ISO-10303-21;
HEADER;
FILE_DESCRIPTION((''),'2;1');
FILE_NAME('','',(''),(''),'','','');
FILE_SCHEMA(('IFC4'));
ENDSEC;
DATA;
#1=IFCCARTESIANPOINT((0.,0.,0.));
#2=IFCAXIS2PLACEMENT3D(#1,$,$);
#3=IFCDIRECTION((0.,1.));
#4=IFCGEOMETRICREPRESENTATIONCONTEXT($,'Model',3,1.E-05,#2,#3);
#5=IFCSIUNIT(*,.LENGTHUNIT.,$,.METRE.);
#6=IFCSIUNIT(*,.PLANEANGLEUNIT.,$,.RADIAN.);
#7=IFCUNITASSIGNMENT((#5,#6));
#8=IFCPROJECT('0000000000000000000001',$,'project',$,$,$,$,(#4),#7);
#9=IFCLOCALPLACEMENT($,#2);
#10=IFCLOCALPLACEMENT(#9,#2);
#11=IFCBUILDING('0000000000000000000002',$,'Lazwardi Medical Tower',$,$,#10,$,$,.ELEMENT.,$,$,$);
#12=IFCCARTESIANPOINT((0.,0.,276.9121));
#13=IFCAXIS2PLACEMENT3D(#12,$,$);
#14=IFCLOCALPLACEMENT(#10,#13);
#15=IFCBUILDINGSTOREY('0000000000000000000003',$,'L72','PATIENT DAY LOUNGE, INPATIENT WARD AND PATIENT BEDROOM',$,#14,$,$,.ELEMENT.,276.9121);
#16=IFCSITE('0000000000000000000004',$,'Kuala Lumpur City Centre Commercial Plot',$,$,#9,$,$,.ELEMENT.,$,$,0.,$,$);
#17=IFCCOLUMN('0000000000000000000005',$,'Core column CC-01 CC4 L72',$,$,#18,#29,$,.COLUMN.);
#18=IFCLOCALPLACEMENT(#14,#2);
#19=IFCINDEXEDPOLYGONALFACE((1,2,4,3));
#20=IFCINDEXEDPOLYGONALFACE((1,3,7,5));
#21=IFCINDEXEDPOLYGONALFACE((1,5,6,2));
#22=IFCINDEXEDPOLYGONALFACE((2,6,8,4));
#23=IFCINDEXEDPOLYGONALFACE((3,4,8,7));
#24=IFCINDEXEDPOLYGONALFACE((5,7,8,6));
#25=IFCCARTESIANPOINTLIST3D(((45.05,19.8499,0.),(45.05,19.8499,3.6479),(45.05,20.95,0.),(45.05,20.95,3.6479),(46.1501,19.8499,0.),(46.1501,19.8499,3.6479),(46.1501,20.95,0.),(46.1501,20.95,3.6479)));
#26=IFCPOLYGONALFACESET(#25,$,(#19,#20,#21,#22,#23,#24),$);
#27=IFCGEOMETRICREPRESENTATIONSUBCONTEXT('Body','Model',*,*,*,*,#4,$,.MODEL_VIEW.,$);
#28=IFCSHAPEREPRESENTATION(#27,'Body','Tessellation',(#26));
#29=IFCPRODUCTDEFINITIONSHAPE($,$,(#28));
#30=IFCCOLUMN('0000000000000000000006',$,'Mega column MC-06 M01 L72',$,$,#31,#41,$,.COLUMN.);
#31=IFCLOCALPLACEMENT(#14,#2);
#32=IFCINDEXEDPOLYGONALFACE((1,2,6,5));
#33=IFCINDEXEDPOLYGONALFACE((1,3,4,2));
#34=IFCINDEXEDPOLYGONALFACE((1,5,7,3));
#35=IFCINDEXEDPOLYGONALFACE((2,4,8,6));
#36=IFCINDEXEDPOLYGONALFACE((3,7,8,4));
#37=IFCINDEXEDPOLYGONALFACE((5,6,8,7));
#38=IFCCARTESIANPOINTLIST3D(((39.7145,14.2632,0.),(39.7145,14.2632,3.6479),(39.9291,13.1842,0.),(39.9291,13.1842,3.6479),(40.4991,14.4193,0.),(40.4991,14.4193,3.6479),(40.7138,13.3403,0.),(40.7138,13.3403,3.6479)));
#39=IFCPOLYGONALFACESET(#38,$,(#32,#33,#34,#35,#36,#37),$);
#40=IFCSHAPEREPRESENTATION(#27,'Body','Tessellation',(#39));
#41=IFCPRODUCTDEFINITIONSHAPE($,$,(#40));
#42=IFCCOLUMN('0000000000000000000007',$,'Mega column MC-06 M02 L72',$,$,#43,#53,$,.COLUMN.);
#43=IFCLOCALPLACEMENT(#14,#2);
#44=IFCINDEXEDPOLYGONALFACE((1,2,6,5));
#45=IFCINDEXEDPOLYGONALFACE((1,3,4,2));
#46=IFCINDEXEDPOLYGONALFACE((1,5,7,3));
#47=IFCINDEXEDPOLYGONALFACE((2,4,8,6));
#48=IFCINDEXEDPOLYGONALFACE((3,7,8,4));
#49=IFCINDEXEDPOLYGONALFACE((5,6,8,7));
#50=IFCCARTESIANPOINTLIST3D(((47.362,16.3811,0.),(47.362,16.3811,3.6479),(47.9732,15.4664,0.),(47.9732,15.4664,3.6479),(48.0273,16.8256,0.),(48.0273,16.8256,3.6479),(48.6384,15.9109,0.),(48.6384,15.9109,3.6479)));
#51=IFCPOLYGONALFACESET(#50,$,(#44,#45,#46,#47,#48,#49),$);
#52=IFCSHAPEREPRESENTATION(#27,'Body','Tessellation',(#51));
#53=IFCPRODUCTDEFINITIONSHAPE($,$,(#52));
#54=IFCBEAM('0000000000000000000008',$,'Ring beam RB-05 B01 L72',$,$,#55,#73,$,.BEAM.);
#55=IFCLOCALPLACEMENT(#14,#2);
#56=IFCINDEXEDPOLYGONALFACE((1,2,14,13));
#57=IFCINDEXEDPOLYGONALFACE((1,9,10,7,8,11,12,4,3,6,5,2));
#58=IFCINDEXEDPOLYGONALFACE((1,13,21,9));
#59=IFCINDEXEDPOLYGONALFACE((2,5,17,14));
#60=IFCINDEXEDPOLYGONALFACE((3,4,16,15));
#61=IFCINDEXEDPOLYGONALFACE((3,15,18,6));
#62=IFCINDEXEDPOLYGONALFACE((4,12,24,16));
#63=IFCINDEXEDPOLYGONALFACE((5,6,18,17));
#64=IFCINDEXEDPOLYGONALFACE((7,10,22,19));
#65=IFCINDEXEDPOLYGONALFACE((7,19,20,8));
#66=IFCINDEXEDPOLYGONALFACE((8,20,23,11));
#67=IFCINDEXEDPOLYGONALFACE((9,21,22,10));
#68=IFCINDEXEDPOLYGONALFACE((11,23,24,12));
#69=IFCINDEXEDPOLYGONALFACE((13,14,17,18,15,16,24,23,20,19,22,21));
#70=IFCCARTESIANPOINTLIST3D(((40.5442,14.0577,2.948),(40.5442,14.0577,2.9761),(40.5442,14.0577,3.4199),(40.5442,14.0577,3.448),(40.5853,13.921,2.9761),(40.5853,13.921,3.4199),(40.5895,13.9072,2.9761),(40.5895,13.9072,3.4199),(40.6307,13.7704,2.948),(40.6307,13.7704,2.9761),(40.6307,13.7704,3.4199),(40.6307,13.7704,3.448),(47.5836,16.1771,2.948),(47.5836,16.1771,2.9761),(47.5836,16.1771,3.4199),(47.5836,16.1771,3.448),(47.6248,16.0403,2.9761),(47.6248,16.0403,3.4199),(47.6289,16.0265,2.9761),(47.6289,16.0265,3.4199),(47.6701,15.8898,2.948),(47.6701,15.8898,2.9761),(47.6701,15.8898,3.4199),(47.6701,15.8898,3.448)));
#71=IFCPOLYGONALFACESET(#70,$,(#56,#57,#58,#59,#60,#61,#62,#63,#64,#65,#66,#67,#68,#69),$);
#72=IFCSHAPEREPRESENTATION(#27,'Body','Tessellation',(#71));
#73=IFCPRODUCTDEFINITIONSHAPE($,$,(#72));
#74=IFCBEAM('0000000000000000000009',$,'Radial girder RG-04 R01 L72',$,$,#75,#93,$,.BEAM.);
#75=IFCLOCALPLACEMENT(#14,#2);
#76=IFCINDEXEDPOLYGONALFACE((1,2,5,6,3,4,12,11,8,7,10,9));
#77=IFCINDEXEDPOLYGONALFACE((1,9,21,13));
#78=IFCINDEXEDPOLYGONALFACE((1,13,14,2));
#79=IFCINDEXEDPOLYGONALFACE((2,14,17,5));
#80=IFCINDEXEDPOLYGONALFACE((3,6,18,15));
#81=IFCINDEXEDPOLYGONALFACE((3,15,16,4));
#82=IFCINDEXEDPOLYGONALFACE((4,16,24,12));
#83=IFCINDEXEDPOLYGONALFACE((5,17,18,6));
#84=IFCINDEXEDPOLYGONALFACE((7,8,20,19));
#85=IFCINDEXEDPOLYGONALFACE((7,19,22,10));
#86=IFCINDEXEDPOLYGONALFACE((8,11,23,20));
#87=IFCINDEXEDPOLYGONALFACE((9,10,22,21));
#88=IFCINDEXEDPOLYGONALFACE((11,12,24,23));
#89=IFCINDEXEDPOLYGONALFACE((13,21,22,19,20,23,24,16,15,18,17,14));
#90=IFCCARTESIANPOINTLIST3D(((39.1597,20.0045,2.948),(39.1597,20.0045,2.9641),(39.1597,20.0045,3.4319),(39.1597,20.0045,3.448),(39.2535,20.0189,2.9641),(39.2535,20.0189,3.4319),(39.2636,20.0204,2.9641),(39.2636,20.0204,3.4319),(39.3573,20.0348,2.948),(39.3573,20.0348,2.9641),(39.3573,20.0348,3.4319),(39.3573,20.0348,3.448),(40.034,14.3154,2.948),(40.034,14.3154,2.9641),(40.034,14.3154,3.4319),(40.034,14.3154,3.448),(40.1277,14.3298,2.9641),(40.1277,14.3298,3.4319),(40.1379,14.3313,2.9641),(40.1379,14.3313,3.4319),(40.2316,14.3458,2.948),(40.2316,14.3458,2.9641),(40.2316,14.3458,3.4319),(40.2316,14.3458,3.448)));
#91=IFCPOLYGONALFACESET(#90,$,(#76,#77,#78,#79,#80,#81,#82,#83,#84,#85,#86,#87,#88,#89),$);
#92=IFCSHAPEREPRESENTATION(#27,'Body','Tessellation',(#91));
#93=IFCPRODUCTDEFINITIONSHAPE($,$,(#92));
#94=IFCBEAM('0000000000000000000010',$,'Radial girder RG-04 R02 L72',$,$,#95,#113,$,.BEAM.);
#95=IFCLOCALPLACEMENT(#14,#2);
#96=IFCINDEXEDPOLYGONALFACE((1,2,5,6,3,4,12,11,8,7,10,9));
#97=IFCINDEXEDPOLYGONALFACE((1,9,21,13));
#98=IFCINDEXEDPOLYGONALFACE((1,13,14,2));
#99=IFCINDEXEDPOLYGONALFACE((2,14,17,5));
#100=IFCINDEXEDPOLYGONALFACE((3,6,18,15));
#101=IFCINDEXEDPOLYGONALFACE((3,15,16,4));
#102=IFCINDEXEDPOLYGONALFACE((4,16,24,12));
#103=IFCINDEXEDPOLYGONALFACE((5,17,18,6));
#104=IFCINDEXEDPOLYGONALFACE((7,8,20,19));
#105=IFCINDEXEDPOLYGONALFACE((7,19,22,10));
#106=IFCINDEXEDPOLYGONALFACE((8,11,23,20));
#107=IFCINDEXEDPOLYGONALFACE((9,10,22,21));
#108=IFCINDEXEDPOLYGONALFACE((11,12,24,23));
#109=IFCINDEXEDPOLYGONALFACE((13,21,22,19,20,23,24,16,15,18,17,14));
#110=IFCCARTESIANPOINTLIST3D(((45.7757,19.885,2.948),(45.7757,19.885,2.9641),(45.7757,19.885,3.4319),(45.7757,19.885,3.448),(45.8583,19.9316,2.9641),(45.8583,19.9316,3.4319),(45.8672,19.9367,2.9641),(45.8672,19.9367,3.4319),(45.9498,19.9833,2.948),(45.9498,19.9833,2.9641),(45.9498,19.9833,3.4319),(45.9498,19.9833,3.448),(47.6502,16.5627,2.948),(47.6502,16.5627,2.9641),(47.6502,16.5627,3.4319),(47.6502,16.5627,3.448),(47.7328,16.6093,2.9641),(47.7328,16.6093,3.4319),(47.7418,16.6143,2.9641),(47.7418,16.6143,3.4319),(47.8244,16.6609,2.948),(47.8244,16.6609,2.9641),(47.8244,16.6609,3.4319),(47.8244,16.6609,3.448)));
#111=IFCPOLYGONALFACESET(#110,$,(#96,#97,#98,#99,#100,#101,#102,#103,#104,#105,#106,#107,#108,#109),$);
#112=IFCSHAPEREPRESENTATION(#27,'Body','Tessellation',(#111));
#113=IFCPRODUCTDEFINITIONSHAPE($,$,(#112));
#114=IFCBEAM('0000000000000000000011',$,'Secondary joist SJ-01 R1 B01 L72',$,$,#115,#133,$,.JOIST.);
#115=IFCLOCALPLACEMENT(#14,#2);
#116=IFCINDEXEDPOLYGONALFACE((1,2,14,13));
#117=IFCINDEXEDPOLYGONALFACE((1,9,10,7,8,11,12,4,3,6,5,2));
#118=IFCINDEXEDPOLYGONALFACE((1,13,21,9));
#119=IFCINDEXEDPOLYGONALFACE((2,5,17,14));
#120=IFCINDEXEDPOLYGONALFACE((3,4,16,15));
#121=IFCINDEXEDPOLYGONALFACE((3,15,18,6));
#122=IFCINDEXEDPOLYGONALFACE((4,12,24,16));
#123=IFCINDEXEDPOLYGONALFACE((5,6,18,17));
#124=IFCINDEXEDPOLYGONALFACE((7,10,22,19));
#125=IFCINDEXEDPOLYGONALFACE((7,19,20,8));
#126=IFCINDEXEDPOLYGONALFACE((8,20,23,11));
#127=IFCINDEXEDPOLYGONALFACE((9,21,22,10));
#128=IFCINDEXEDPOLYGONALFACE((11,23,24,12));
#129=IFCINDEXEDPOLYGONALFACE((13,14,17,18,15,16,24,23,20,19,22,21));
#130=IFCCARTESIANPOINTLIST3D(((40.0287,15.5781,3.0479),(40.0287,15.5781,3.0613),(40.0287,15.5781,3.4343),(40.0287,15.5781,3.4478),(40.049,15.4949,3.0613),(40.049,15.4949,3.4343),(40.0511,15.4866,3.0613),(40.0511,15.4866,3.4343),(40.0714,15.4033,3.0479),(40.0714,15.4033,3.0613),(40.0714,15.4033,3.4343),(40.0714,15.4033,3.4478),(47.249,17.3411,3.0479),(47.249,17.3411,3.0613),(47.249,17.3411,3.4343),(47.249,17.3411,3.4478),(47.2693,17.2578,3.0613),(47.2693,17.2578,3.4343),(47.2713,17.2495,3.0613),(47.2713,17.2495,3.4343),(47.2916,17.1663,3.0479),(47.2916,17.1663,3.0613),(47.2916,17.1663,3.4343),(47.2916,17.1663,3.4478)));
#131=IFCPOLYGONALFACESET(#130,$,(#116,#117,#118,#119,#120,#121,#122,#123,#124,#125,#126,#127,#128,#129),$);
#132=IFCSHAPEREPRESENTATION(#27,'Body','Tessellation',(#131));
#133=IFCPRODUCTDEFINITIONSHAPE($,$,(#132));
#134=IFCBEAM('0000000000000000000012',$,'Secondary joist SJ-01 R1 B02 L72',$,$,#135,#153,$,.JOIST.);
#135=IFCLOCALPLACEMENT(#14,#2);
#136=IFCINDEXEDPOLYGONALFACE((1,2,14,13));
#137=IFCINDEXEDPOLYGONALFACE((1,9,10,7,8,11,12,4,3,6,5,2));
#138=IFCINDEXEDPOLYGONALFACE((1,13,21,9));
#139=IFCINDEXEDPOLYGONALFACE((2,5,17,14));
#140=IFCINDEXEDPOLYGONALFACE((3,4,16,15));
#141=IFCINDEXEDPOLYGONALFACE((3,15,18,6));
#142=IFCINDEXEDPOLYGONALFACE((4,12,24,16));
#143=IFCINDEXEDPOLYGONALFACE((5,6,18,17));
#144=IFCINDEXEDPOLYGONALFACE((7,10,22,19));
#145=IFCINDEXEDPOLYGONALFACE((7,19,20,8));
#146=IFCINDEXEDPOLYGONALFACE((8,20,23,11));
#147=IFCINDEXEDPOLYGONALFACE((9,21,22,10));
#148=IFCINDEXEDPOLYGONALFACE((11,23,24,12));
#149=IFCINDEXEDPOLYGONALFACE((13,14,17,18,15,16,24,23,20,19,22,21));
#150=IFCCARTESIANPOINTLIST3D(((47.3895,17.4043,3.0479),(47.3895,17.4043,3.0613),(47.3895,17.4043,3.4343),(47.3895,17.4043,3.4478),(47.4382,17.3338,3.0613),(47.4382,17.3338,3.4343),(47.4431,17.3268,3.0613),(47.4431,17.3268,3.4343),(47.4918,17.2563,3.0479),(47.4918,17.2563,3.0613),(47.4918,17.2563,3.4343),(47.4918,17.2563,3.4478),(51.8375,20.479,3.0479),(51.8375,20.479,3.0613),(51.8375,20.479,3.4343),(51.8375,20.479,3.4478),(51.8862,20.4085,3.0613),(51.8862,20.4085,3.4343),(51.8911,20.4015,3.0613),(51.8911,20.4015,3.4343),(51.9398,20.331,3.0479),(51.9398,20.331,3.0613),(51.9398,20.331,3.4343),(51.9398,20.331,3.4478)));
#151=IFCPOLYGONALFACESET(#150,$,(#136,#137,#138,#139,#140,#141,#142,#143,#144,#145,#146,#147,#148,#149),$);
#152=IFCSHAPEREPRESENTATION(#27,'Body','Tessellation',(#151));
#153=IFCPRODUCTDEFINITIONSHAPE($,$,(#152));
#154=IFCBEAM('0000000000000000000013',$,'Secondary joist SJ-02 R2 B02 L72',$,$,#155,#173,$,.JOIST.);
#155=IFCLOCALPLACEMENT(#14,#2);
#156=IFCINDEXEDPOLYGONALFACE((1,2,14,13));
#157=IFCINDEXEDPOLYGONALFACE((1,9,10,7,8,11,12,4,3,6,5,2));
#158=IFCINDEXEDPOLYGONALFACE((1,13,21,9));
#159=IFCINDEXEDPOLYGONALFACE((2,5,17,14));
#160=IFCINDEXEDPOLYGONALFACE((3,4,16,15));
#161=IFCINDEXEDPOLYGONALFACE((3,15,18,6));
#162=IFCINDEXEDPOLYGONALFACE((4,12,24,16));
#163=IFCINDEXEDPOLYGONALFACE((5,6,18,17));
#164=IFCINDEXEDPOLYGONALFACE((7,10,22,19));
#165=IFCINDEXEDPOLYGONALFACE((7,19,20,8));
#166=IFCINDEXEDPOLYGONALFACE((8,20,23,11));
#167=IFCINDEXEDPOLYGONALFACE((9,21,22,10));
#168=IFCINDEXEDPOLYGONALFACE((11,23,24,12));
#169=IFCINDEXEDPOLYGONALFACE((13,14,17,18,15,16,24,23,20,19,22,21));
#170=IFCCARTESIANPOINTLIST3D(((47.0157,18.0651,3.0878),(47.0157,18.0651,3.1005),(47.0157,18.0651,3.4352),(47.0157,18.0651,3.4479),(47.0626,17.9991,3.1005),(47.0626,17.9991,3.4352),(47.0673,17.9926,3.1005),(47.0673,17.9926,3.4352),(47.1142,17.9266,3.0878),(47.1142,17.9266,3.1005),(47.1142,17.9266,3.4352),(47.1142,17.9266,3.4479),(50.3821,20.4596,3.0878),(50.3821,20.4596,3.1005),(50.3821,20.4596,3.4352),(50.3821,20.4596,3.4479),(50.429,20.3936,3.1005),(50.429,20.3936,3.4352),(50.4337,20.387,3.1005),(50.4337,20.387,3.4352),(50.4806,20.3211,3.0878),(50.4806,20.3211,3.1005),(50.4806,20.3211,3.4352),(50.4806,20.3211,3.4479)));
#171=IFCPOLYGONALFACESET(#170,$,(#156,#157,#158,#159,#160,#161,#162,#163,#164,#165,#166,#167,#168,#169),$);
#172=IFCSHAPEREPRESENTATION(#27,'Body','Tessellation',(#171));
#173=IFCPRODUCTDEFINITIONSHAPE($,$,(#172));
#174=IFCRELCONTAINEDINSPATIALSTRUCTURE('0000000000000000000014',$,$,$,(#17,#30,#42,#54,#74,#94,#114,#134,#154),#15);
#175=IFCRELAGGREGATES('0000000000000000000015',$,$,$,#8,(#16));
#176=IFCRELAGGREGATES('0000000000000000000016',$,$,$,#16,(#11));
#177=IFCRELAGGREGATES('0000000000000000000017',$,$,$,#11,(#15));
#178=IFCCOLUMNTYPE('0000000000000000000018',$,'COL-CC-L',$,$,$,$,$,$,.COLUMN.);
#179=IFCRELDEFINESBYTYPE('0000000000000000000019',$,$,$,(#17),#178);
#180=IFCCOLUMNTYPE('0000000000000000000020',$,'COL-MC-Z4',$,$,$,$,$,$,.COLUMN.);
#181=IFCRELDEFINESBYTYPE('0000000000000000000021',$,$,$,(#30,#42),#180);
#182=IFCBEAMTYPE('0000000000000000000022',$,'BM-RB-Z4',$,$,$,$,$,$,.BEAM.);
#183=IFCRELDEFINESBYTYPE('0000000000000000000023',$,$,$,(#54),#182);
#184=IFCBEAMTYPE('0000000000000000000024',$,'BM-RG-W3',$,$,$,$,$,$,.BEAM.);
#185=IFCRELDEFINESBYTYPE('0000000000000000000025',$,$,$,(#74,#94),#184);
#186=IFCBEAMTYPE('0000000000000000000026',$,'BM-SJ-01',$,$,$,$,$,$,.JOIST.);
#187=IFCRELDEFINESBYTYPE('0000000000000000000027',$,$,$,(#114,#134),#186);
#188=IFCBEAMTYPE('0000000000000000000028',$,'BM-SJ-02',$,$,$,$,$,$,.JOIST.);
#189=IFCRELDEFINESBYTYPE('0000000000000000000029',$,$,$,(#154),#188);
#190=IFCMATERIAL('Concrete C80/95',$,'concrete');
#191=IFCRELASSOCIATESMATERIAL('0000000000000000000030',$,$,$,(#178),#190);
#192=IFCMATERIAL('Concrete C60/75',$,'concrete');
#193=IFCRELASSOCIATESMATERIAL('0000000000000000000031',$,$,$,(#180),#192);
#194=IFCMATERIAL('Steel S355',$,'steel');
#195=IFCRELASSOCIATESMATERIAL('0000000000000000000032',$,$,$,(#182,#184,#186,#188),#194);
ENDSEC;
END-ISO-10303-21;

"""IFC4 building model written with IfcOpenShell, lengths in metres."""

from ifc_helpers import new_model, si_unit, direction, frame, origin, origin_2d, place, context, subcontext, project, spatial, rectangle, i_section, extrude, material, material_profile, profile_set, type_object, element, save


model = new_model("IFC4")

# Units and contexts
model_context = context("Model", 3, precision=1e-05, world=origin(), true_north=direction((0.0, 1.0)))
body_context = subcontext(model_context, "Body", "Model", "MODEL_VIEW")
ifc_project = project(units=[si_unit("LENGTHUNIT", "METRE"), si_unit("PLANEANGLEUNIT", "RADIAN")], contexts=[model_context])

# Site, building, storey
site_placement = place(None, origin())
site = spatial("IfcSite", under=ifc_project, at=site_placement, Name="Kuala Lumpur City Centre Commercial Plot", CompositionType="ELEMENT", RefElevation=0.0)
building_placement = place(site_placement, origin())
building = spatial("IfcBuilding", under=site, at=building_placement, Name="Lazwardi Medical Tower", CompositionType="ELEMENT")
storey_placement = place(building_placement, frame((0.0, 0.0, 276.9121)))
storey = spatial("IfcBuildingStorey", under=building, at=storey_placement, Name="L72", Description="PATIENT DAY LOUNGE, INPATIENT WARD AND PATIENT BEDROOM", CompositionType="ELEMENT", Elevation=276.9121)

# Columns
ifc_material_1 = material(Name="Concrete C80/95", Category="concrete")
ifc_material_profile_1 = material_profile(ifc_material_1, rectangle(XDim=1.1001, YDim=1.1001, at=origin_2d()), Name="RC 1100x1100")
ifc_profile_set_1 = profile_set([ifc_material_profile_1], Name="Concrete C80/95")
column_type_1 = type_object("IfcColumnType", Name="COL-CC-L", PredefinedType="COLUMN", material=ifc_profile_set_1)
column_placement = place(storey_placement, frame((45.6001, 20.3999, 0.0), z_axis=(0.0, 0.0, 1.0), x_axis=(1.0, 0.0, 0.0)))
element("IfcColumn", 1, at=column_placement, inside=storey, type_object=column_type_1, Name="Core column CC-01 CC4 L72", PredefinedType="COLUMN", context=body_context, shape_type="SweptSolid", body=[
    extrude(rectangle(XDim=1.1001, YDim=1.1001, at=origin_2d()), origin(), (0.0, 0.0, 1.0), 3.6479),
])
ifc_material_2 = material(Name="Concrete C60/75", Category="concrete")
ifc_material_profile_2 = material_profile(ifc_material_2, rectangle(XDim=1.1001, YDim=0.8, at=origin_2d()), Name="CFT-RECT 1100x800")
ifc_profile_set_2 = profile_set([ifc_material_profile_2], Name="Concrete C60/75")
column_type_2 = type_object("IfcColumnType", Name="COL-MC-Z4", PredefinedType="COLUMN", material=ifc_profile_set_2)
for number, where, z_axis, x_axis, name in (
    (2, (40.2141, 13.8018, 0.0), (0.0, 0.0, 1.0), (0.19509, -0.980785, 0.0), "Mega column MC-06 M01 L72"),
    (3, (48.0002, 16.146, 0.0), (0.0, 0.0, 1.0), (0.55557, -0.83147, 0.0), "Mega column MC-06 M02 L72"),
):
    element("IfcColumn", number, at=place(storey_placement, frame(where, z_axis=z_axis, x_axis=x_axis)), inside=storey, type_object=column_type_2, Name=name, PredefinedType="COLUMN", context=body_context, shape_type="SweptSolid", body=[
        extrude(rectangle(XDim=1.1001, YDim=0.8, at=origin_2d()), origin(), (0.0, 0.0, 1.0), 3.6479),
    ])

# Beams
ifc_material_3 = material(Name="Steel S355", Category="steel")
ifc_material_profile_3 = material_profile(ifc_material_3, i_section(OverallWidth=0.3, OverallDepth=0.5, WebThickness=0.0144, FlangeThickness=0.0281, at=origin_2d()), Name="HEB 500")
ifc_profile_set_3 = profile_set([ifc_material_profile_3], Name="Steel S355")
beam_type_1 = type_object("IfcBeamType", Name="BM-RB-Z4", PredefinedType="BEAM", material=ifc_profile_set_3)
beam_1_placement = place(storey_placement, frame((40.5874, 13.9141, 3.198), z_axis=(0.957544, 0.288286, 0.0), x_axis=(-0.288286, 0.957544, 0.0)))
element("IfcBeam", 4, at=beam_1_placement, inside=storey, type_object=beam_type_1, Name="Ring beam RB-05 B01 L72", PredefinedType="BEAM", context=body_context, shape_type="SweptSolid", body=[
    extrude(i_section(OverallWidth=0.3, OverallDepth=0.5, WebThickness=0.0144, FlangeThickness=0.0281, at=origin_2d()), origin(), (0.0, 0.0, 1.0), 7.3516),
])
ifc_material_profile_4 = material_profile(ifc_material_3, i_section(OverallWidth=0.2, OverallDepth=0.5, WebThickness=0.0103, FlangeThickness=0.0161, at=origin_2d()), Name="IPE 500")
ifc_profile_set_4 = profile_set([ifc_material_profile_4], Name="Steel S355")
beam_type_2 = type_object("IfcBeamType", Name="BM-RG-W3", PredefinedType="BEAM", material=ifc_profile_set_4)
beam_2_placement = place(storey_placement, frame((40.1328, 14.3306, 3.198), z_axis=(-0.151895, 0.988397, 0.0), x_axis=(-0.988397, -0.151895, 0.0)))
element("IfcBeam", 5, at=beam_2_placement, inside=storey, type_object=beam_type_2, Name="Radial girder RG-04 R01 L72", PredefinedType="BEAM", context=body_context, shape_type="SweptSolid", body=[
    extrude(i_section(OverallWidth=0.2, OverallDepth=0.5, WebThickness=0.0103, FlangeThickness=0.0161, at=origin_2d()), origin(), (0.0, 0.0, 1.0), 5.7559),
])
beam_3_placement = place(storey_placement, frame((47.7373, 16.6118, 3.198), z_axis=(-0.491403, 0.870932, 0.0), x_axis=(-0.870932, -0.491403, 0.0)))
element("IfcBeam", 6, at=beam_3_placement, inside=storey, type_object=beam_type_2, Name="Radial girder RG-04 R02 L72", PredefinedType="BEAM", context=body_context, shape_type="SweptSolid", body=[
    extrude(i_section(OverallWidth=0.2, OverallDepth=0.5, WebThickness=0.0103, FlangeThickness=0.0161, at=origin_2d()), origin(), (0.0, 0.0, 1.0), 3.8147),
])
ifc_material_profile_5 = material_profile(ifc_material_3, i_section(OverallWidth=0.1799, OverallDepth=0.3999, WebThickness=0.0085, FlangeThickness=0.0134, at=origin_2d()), Name="IPE 400")
ifc_profile_set_5 = profile_set([ifc_material_profile_5], Name="Steel S355")
beam_type_3 = type_object("IfcBeamType", Name="BM-SJ-01", PredefinedType="JOIST", material=ifc_profile_set_5)
beam_4_placement = place(storey_placement, frame((40.05, 15.4907, 3.2478), z_axis=(0.971461, 0.237199, 0.0), x_axis=(-0.237199, 0.971461, 0.0)))
element("IfcBeam", 7, at=beam_4_placement, inside=storey, type_object=beam_type_3, Name="Secondary joist SJ-01 R1 B01 L72", PredefinedType="JOIST", context=body_context, shape_type="SweptSolid", body=[
    extrude(i_section(OverallWidth=0.1799, OverallDepth=0.3999, WebThickness=0.0085, FlangeThickness=0.0134, at=origin_2d()), origin(), (0.0, 0.0, 1.0), 7.4324),
])
beam_5_placement = place(storey_placement, frame((47.4407, 17.3303, 3.2478), z_axis=(0.822597, 0.568625, 0.0), x_axis=(-0.568625, 0.822597, 0.0)))
element("IfcBeam", 8, at=beam_5_placement, inside=storey, type_object=beam_type_3, Name="Secondary joist SJ-01 R1 B02 L72", PredefinedType="JOIST", context=body_context, shape_type="SweptSolid", body=[
    extrude(i_section(OverallWidth=0.1799, OverallDepth=0.3999, WebThickness=0.0085, FlangeThickness=0.0134, at=origin_2d()), origin(), (0.0, 0.0, 1.0), 5.4072),
])
ifc_material_profile_6 = material_profile(ifc_material_3, i_section(OverallWidth=0.1699, OverallDepth=0.3601, WebThickness=0.0081, FlangeThickness=0.0127, at=origin_2d()), Name="IPE 360")
ifc_profile_set_6 = profile_set([ifc_material_profile_6], Name="Steel S355")
beam_type_4 = type_object("IfcBeamType", Name="BM-SJ-02", PredefinedType="JOIST", material=ifc_profile_set_6)
beam_6_placement = place(storey_placement, frame((47.0649, 17.9958, 3.2678), z_axis=(0.814886, 0.579621, 0.0), x_axis=(-0.579621, 0.814886, 0.0)))
element("IfcBeam", 9, at=beam_6_placement, inside=storey, type_object=beam_type_4, Name="Secondary joist SJ-02 R2 B02 L72", PredefinedType="JOIST", context=body_context, shape_type="SweptSolid", body=[
    extrude(i_section(OverallWidth=0.1699, OverallDepth=0.3601, WebThickness=0.0081, FlangeThickness=0.0127, at=origin_2d()), origin(), (0.0, 0.0, 1.0), 4.1311),
])

save(model, "model.ifc")
